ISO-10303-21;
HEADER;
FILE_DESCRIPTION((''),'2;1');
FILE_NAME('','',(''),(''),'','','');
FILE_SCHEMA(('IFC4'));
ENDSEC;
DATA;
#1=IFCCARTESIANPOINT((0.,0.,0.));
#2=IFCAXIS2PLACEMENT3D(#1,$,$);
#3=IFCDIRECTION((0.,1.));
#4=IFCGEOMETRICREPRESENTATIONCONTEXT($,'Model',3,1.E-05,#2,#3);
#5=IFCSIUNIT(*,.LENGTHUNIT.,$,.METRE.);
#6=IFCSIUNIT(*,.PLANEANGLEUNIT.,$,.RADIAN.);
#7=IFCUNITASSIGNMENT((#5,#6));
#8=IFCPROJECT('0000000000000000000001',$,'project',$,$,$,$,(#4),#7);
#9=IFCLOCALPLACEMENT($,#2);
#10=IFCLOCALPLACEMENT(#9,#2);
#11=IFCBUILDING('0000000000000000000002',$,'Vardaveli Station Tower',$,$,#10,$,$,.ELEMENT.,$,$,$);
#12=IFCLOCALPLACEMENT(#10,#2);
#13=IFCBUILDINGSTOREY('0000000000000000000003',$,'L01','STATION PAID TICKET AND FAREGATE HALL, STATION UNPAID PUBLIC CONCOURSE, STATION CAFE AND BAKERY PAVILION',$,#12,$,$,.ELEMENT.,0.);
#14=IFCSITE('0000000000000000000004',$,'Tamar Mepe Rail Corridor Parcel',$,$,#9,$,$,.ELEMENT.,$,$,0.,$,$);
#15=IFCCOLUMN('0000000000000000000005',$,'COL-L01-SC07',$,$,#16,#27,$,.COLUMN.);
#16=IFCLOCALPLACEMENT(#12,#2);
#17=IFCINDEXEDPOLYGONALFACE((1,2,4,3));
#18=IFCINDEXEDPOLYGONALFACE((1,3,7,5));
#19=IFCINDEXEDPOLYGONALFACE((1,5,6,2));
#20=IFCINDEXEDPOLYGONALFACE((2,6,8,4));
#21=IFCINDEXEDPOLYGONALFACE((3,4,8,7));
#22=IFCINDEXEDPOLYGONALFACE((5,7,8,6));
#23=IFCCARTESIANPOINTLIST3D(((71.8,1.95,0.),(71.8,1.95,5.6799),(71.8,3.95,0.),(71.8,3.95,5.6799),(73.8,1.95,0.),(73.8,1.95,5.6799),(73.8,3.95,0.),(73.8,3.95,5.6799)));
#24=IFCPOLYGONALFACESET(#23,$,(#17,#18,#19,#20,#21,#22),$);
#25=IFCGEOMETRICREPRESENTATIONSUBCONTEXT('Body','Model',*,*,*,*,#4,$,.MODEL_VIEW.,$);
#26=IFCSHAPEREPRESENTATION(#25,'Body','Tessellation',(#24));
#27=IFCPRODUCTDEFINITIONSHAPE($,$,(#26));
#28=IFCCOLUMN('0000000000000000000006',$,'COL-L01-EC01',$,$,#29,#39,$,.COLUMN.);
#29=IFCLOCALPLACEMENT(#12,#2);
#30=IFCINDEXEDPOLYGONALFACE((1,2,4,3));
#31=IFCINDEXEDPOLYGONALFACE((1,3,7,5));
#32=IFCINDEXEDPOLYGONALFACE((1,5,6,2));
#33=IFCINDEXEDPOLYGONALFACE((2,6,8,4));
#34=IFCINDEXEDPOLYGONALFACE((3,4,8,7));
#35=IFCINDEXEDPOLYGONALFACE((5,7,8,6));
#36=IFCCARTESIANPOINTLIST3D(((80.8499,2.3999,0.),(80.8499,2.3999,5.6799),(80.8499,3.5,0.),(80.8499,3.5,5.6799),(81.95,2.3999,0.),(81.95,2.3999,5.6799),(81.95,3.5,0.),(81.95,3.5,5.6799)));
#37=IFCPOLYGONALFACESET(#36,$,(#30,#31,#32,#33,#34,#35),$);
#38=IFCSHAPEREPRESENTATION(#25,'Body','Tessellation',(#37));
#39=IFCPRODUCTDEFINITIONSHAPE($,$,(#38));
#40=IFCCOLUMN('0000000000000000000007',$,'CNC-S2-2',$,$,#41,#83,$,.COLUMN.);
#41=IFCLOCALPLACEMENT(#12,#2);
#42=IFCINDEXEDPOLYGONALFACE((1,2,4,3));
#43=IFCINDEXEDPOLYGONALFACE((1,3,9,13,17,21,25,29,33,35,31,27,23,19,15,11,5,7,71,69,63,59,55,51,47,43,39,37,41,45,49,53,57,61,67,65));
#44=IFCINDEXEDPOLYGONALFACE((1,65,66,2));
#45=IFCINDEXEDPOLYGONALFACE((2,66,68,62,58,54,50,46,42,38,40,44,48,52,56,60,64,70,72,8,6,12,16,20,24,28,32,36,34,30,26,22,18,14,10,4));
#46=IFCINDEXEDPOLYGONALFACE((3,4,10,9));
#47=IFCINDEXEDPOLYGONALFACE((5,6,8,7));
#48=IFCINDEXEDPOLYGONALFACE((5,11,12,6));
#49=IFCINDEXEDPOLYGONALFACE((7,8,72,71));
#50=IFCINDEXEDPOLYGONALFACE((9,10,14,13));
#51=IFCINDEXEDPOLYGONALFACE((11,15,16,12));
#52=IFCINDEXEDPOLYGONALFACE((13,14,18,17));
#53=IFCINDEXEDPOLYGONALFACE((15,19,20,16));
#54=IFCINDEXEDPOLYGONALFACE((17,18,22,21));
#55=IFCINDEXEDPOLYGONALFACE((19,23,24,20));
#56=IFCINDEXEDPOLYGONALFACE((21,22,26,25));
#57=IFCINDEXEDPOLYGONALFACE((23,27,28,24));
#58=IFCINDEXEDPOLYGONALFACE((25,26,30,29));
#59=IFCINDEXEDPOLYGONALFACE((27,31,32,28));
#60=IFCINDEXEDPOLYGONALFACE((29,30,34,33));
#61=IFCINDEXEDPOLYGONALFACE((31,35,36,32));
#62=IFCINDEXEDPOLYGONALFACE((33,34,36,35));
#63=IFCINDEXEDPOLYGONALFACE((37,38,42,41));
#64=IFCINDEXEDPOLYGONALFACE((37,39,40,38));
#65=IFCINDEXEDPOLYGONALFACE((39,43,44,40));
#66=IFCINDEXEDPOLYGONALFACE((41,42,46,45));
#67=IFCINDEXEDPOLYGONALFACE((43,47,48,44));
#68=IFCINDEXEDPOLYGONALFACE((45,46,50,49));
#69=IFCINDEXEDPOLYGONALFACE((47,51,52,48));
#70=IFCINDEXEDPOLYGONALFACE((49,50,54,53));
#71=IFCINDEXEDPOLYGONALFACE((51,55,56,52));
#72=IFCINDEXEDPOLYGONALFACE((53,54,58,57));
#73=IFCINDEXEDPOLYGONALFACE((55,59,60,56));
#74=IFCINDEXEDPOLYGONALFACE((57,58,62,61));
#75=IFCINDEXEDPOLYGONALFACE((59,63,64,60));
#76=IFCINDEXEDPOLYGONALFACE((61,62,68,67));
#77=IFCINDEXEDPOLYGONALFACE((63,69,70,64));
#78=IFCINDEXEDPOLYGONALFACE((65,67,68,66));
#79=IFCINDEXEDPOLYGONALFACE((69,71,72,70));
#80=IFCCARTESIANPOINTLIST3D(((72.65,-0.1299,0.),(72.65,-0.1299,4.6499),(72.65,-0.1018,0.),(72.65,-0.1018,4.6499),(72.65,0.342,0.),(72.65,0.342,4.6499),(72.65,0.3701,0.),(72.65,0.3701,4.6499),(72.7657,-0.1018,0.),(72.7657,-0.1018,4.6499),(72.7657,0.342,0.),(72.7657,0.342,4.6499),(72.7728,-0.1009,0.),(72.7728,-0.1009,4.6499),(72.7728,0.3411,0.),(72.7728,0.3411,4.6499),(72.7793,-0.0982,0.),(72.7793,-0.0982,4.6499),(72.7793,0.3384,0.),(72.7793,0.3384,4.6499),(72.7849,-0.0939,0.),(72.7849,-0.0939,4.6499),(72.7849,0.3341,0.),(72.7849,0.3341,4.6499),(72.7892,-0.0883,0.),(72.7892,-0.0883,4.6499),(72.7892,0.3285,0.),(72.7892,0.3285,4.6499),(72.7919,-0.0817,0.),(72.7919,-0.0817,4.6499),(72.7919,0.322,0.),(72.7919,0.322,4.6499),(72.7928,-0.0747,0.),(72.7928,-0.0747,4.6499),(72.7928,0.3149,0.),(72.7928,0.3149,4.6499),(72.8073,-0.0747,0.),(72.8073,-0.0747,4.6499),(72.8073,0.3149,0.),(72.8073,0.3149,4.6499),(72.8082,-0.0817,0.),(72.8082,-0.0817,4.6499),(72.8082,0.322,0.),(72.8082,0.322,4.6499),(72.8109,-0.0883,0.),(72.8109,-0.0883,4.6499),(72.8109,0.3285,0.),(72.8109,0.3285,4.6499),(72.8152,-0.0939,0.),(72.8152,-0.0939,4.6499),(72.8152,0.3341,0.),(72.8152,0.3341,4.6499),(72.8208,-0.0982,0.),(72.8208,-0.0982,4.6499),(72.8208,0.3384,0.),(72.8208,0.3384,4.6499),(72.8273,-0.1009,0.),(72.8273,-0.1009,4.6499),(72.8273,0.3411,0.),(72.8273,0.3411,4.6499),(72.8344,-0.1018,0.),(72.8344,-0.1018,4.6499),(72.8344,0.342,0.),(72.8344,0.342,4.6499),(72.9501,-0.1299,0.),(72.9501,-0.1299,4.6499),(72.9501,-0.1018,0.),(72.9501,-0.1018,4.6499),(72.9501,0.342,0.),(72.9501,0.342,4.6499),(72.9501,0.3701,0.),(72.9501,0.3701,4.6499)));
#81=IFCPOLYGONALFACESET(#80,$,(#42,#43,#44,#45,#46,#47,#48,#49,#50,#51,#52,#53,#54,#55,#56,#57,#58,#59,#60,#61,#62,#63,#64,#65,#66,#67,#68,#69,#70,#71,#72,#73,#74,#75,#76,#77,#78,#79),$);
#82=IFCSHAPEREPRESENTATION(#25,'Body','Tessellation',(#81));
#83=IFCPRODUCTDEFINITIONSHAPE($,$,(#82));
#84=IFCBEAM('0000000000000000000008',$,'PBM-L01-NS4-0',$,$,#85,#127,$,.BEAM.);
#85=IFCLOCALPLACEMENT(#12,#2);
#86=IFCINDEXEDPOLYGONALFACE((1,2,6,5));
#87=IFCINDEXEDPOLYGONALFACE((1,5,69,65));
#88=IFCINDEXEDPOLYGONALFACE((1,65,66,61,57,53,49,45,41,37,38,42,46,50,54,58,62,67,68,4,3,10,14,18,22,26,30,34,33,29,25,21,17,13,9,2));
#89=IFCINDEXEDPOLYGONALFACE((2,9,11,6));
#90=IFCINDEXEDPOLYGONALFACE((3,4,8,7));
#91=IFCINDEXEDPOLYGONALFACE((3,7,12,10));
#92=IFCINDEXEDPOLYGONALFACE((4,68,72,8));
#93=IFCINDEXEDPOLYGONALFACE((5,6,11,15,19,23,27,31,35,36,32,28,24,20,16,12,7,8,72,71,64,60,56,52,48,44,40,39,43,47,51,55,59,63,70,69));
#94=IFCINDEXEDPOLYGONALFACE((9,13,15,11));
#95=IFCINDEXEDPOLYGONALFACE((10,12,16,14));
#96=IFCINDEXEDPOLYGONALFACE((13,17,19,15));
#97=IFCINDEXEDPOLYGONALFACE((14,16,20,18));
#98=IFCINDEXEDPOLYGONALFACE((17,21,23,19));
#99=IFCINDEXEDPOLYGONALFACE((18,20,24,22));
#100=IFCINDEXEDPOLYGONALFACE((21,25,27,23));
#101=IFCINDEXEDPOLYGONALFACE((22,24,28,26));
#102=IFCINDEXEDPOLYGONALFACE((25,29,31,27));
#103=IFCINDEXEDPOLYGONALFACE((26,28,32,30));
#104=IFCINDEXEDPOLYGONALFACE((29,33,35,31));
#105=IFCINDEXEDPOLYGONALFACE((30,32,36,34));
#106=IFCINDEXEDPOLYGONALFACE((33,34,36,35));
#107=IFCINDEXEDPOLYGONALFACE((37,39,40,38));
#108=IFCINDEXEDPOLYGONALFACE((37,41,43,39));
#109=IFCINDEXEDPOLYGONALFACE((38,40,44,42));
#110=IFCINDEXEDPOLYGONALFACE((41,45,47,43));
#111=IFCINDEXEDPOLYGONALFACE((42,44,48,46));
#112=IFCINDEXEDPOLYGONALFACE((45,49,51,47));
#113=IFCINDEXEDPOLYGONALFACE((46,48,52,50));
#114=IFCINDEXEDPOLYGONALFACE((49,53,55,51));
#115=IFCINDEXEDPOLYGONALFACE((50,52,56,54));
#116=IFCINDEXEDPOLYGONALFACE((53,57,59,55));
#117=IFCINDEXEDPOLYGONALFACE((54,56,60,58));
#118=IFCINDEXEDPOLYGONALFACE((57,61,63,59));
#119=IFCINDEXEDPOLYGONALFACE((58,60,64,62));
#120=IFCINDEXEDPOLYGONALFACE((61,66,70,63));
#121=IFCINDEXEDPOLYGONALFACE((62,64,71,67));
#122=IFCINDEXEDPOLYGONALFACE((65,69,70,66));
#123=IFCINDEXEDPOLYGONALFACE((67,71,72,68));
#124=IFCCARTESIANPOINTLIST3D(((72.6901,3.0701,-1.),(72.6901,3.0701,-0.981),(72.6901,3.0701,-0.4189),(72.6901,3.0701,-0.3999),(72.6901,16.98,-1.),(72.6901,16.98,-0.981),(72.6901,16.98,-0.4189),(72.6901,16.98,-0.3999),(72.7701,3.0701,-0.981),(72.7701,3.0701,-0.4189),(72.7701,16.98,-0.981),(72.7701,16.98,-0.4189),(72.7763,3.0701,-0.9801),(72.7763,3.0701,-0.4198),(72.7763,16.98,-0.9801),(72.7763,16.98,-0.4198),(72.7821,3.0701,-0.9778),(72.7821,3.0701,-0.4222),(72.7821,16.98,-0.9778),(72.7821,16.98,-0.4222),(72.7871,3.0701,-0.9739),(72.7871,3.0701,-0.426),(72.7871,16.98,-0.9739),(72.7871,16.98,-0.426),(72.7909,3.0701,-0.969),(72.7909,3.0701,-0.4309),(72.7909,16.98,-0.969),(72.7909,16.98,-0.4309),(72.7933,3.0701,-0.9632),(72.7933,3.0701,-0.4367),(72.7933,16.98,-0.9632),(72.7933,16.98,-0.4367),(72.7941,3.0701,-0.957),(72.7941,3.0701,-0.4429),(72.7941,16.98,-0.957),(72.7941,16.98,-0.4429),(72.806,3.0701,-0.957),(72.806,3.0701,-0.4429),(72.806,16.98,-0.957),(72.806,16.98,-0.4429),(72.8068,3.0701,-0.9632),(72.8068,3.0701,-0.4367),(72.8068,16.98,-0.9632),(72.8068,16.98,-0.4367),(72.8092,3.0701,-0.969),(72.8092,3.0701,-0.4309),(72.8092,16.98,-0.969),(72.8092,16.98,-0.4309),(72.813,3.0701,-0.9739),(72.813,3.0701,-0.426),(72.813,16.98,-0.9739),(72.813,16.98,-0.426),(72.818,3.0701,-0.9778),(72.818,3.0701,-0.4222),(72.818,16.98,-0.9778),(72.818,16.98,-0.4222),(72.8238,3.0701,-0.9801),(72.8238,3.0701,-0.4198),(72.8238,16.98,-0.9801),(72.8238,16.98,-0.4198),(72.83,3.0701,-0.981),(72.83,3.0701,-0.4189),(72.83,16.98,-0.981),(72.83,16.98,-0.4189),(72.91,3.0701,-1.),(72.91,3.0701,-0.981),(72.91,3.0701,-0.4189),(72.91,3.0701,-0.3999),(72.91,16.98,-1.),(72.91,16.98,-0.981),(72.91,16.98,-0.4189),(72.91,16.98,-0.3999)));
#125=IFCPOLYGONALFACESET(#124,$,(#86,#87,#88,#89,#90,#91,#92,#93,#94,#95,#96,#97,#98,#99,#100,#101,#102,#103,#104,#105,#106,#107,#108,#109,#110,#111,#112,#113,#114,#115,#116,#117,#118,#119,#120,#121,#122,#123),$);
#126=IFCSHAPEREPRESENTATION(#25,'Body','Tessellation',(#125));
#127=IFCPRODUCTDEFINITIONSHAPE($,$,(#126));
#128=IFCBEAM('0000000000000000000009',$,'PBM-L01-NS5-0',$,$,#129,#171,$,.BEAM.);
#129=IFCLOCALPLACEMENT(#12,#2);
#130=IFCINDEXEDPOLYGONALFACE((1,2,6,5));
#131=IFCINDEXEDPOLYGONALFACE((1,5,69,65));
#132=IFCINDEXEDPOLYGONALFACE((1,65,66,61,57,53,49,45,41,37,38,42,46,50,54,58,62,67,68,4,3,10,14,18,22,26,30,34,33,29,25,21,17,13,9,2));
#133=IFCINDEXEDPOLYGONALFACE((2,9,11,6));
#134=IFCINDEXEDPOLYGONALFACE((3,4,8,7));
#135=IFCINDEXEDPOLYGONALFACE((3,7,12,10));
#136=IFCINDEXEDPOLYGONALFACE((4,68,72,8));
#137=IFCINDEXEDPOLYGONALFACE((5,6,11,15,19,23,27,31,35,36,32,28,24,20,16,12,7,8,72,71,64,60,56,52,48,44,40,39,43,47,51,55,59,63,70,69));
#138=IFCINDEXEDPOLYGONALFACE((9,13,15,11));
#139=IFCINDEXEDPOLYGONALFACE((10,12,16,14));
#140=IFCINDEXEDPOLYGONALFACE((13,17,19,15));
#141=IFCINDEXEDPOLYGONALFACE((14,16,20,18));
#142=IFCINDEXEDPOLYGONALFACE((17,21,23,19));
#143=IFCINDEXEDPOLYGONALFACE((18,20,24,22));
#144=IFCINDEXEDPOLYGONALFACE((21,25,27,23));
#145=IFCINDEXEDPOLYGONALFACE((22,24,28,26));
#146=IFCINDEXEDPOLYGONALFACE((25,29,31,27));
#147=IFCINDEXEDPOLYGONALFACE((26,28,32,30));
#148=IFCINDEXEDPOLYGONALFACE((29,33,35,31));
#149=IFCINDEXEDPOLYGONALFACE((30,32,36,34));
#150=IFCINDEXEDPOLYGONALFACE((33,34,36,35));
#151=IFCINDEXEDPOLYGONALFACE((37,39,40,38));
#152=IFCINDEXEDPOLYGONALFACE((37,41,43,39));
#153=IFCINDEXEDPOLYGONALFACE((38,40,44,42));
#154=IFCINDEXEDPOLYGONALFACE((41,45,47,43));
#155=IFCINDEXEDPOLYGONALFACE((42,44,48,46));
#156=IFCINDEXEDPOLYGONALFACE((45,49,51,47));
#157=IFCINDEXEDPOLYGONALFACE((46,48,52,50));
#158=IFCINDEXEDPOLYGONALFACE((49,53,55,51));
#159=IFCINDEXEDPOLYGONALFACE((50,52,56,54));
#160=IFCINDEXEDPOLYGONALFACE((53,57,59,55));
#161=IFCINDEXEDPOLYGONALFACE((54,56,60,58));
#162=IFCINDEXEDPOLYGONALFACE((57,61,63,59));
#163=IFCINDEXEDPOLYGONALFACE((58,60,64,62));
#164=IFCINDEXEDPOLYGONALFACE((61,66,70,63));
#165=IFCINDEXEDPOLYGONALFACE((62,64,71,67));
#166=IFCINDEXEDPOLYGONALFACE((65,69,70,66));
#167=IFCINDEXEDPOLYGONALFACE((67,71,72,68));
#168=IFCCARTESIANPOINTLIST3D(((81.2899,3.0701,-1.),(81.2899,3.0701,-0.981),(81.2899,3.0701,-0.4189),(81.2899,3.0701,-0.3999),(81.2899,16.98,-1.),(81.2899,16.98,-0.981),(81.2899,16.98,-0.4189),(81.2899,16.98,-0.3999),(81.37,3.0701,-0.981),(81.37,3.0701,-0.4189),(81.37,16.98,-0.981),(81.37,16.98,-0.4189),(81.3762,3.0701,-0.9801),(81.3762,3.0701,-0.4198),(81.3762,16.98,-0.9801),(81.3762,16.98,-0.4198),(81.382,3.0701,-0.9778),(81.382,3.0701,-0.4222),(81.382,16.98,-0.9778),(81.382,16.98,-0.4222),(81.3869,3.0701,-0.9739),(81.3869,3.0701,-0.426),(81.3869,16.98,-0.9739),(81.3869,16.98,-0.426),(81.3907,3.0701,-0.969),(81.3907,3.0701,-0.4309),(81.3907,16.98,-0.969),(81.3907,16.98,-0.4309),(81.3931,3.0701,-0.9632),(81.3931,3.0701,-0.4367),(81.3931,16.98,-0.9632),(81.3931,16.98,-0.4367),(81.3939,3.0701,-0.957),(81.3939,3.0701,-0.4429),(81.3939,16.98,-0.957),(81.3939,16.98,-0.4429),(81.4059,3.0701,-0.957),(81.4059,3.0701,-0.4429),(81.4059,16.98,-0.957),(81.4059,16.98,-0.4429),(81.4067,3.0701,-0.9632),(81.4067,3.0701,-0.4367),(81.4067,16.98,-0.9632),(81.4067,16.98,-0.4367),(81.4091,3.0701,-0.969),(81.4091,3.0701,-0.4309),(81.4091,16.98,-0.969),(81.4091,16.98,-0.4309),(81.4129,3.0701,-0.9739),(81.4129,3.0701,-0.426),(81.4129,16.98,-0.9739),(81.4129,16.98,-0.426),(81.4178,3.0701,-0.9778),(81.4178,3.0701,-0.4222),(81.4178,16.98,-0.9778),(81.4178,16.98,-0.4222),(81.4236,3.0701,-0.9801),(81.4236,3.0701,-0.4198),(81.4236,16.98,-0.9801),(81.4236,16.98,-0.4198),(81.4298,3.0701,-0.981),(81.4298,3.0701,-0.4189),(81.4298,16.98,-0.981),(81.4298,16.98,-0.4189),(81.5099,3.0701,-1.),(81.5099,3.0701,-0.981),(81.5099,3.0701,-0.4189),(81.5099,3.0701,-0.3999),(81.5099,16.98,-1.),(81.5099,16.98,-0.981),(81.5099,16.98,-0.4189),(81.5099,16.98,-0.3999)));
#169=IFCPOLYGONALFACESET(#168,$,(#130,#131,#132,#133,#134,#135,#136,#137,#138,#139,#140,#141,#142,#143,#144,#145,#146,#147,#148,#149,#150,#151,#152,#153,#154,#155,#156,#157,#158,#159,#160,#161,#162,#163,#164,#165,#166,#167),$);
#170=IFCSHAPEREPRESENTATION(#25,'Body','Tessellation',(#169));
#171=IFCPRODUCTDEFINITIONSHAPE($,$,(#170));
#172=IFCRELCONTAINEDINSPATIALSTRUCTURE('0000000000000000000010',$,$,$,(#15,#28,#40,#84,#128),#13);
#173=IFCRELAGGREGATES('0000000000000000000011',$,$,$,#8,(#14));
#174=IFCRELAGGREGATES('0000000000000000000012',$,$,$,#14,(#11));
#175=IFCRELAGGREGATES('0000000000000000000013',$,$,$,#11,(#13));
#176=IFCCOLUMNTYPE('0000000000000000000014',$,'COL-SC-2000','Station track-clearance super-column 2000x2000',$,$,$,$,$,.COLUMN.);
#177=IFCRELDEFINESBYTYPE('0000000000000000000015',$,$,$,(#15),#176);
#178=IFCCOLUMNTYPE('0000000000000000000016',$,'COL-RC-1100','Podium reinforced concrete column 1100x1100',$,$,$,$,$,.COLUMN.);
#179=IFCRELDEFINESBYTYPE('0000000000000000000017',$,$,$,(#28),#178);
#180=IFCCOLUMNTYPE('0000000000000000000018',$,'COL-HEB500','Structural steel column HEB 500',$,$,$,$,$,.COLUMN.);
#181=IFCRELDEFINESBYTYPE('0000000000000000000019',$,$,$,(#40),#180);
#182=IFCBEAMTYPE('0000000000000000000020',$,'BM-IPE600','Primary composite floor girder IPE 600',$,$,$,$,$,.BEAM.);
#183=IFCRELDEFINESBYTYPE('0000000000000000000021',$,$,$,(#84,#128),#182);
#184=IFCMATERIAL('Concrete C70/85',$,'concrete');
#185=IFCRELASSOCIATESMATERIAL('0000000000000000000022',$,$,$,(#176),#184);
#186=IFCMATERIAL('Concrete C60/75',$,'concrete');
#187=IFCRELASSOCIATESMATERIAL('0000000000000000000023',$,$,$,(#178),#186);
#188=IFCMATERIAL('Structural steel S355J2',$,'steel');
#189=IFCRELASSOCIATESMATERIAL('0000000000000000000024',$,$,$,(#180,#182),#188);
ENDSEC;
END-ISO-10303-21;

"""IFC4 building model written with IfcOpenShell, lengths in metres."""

from ifc_helpers import new_model, si_unit, direction, frame, origin, origin_2d, place, context, subcontext, project, spatial, rectangle, i_section, extrude, source, transform, mapped, material, material_profile, profile_set, type_object, element, save


model = new_model("IFC4")

# Units and contexts
model_context = context("Model", 3, precision=1e-05, world=origin(), true_north=direction((0.0, 1.0)))
body_context = subcontext(model_context, "Body", "Model", "MODEL_VIEW")
ifc_project = project(units=[si_unit("LENGTHUNIT", "METRE"), si_unit("PLANEANGLEUNIT", "RADIAN")], contexts=[model_context])

# Site, building, storey
site_placement = place(None, origin())
site = spatial("IfcSite", under=ifc_project, at=site_placement, Name="Tamar Mepe Rail Corridor Parcel", CompositionType="ELEMENT", RefElevation=0.0)
building_placement = place(site_placement, origin())
building = spatial("IfcBuilding", under=site, at=building_placement, Name="Vardaveli Station Tower", CompositionType="ELEMENT")
storey_placement = place(building_placement, origin())
storey = spatial("IfcBuildingStorey", under=building, at=storey_placement, Name="L01", Description="STATION PAID TICKET AND FAREGATE HALL, STATION UNPAID PUBLIC CONCOURSE, STATION CAFE AND BAKERY PAVILION", CompositionType="ELEMENT", Elevation=0.0)

# Columns
ifc_material_1 = material(Name="Concrete C70/85", Category="concrete")
ifc_material_profile_1 = material_profile(ifc_material_1, rectangle(XDim=2.0, YDim=2.0, at=origin_2d()), Name="SC 2000x2000")
ifc_profile_set_1 = profile_set([ifc_material_profile_1], Name="Concrete C70/85")
column_type_1 = type_object("IfcColumnType", Name="COL-SC-2000", Description="Station track-clearance super-column 2000x2000", PredefinedType="COLUMN", material=ifc_profile_set_1)
shared_shape_1 = source(origin(), body_context, "Body", "SweptSolid", [
    extrude(rectangle(XDim=2.0, YDim=2.0, at=origin_2d()), origin(), (0.0, 0.0, 1.0), 5.6799),
])
column_1_placement = place(storey_placement, frame((72.8, 2.95, 0.0), z_axis=(0.0, 0.0, 1.0), x_axis=(1.0, 0.0, 0.0)))
element("IfcColumn", 1, at=column_1_placement, inside=storey, type_object=column_type_1, Name="COL-L01-SC07", PredefinedType="COLUMN", context=body_context, shape_type="MappedRepresentation", body=[
    mapped(shared_shape_1, transform((0.0, 0.0, 0.0), scale=1.0)),
])
ifc_material_2 = material(Name="Concrete C60/75", Category="concrete")
ifc_material_profile_2 = material_profile(ifc_material_2, rectangle(XDim=1.1001, YDim=1.1001, at=origin_2d()), Name="RC 1100x1100")
ifc_profile_set_2 = profile_set([ifc_material_profile_2], Name="Concrete C60/75")
column_type_2 = type_object("IfcColumnType", Name="COL-RC-1100", Description="Podium reinforced concrete column 1100x1100", PredefinedType="COLUMN", material=ifc_profile_set_2)
shared_shape_2 = source(origin(), body_context, "Body", "SweptSolid", [
    extrude(rectangle(XDim=1.1001, YDim=1.1001, at=origin_2d()), origin(), (0.0, 0.0, 1.0), 5.6799),
])
column_2_placement = place(storey_placement, frame((81.3999, 2.95, 0.0), z_axis=(0.0, 0.0, 1.0), x_axis=(1.0, 0.0, 0.0)))
element("IfcColumn", 2, at=column_2_placement, inside=storey, type_object=column_type_2, Name="COL-L01-EC01", PredefinedType="COLUMN", context=body_context, shape_type="MappedRepresentation", body=[
    mapped(shared_shape_2, transform((0.0, 0.0, 0.0), scale=1.0)),
])
ifc_material_3 = material(Name="Structural steel S355J2", Category="steel")
ifc_material_profile_3 = material_profile(ifc_material_3, i_section(OverallWidth=0.3, OverallDepth=0.5, WebThickness=0.0144, FlangeThickness=0.0281, FilletRadius=0.0271, at=origin_2d()), Name="HEB 500")
ifc_profile_set_3 = profile_set([ifc_material_profile_3], Name="Structural steel S355J2")
column_type_3 = type_object("IfcColumnType", Name="COL-HEB500", Description="Structural steel column HEB 500", PredefinedType="COLUMN", material=ifc_profile_set_3)
shared_shape_3 = source(origin(), body_context, "Body", "SweptSolid", [
    extrude(i_section(OverallWidth=0.3, OverallDepth=0.5, WebThickness=0.0144, FlangeThickness=0.0281, FilletRadius=0.0271, at=origin_2d()), origin(), (0.0, 0.0, 1.0), 4.6499),
])
column_3_placement = place(storey_placement, frame((72.8, 0.1201, 0.0), z_axis=(0.0, 0.0, 1.0), x_axis=(1.0, 0.0, 0.0)))
element("IfcColumn", 3, at=column_3_placement, inside=storey, type_object=column_type_3, Name="CNC-S2-2", PredefinedType="COLUMN", context=body_context, shape_type="MappedRepresentation", body=[
    mapped(shared_shape_3, transform((0.0, 0.0, 0.0), scale=1.0)),
])

# Beams
ifc_material_profile_4 = material_profile(ifc_material_3, i_section(OverallWidth=0.22, OverallDepth=0.6001, WebThickness=0.012, FlangeThickness=0.019, FilletRadius=0.0239, at=origin_2d()), Name="IPE 600")
ifc_profile_set_4 = profile_set([ifc_material_profile_4], Name="Structural steel S355J2")
beam_type_1 = type_object("IfcBeamType", Name="BM-IPE600", Description="Primary composite floor girder IPE 600", PredefinedType="BEAM", material=ifc_profile_set_4)
shared_shape_4 = source(origin(), body_context, "Body", "SweptSolid", [
    extrude(i_section(OverallWidth=0.22, OverallDepth=0.6001, WebThickness=0.012, FlangeThickness=0.019, FilletRadius=0.0239, at=origin_2d()), origin(), (0.0, 0.0, 1.0), 13.9099),
])
for number, where, z_axis, x_axis, name in (
    (4, (72.8, 3.0701, -0.7), (0.0, 1.0, 0.0), (-1.0, 0.0, 0.0), "PBM-L01-NS4-0"),
    (5, (81.3999, 3.0701, -0.7), (0.0, 1.0, 0.0), (-1.0, 0.0, 0.0), "PBM-L01-NS5-0"),
):
    element("IfcBeam", number, at=place(storey_placement, frame(where, z_axis=z_axis, x_axis=x_axis)), inside=storey, type_object=beam_type_1, Name=name, PredefinedType="BEAM", context=body_context, shape_type="MappedRepresentation", body=[
        mapped(shared_shape_4, transform((0.0, 0.0, 0.0), scale=1.0)),
    ])

save(model, "model.ifc")
